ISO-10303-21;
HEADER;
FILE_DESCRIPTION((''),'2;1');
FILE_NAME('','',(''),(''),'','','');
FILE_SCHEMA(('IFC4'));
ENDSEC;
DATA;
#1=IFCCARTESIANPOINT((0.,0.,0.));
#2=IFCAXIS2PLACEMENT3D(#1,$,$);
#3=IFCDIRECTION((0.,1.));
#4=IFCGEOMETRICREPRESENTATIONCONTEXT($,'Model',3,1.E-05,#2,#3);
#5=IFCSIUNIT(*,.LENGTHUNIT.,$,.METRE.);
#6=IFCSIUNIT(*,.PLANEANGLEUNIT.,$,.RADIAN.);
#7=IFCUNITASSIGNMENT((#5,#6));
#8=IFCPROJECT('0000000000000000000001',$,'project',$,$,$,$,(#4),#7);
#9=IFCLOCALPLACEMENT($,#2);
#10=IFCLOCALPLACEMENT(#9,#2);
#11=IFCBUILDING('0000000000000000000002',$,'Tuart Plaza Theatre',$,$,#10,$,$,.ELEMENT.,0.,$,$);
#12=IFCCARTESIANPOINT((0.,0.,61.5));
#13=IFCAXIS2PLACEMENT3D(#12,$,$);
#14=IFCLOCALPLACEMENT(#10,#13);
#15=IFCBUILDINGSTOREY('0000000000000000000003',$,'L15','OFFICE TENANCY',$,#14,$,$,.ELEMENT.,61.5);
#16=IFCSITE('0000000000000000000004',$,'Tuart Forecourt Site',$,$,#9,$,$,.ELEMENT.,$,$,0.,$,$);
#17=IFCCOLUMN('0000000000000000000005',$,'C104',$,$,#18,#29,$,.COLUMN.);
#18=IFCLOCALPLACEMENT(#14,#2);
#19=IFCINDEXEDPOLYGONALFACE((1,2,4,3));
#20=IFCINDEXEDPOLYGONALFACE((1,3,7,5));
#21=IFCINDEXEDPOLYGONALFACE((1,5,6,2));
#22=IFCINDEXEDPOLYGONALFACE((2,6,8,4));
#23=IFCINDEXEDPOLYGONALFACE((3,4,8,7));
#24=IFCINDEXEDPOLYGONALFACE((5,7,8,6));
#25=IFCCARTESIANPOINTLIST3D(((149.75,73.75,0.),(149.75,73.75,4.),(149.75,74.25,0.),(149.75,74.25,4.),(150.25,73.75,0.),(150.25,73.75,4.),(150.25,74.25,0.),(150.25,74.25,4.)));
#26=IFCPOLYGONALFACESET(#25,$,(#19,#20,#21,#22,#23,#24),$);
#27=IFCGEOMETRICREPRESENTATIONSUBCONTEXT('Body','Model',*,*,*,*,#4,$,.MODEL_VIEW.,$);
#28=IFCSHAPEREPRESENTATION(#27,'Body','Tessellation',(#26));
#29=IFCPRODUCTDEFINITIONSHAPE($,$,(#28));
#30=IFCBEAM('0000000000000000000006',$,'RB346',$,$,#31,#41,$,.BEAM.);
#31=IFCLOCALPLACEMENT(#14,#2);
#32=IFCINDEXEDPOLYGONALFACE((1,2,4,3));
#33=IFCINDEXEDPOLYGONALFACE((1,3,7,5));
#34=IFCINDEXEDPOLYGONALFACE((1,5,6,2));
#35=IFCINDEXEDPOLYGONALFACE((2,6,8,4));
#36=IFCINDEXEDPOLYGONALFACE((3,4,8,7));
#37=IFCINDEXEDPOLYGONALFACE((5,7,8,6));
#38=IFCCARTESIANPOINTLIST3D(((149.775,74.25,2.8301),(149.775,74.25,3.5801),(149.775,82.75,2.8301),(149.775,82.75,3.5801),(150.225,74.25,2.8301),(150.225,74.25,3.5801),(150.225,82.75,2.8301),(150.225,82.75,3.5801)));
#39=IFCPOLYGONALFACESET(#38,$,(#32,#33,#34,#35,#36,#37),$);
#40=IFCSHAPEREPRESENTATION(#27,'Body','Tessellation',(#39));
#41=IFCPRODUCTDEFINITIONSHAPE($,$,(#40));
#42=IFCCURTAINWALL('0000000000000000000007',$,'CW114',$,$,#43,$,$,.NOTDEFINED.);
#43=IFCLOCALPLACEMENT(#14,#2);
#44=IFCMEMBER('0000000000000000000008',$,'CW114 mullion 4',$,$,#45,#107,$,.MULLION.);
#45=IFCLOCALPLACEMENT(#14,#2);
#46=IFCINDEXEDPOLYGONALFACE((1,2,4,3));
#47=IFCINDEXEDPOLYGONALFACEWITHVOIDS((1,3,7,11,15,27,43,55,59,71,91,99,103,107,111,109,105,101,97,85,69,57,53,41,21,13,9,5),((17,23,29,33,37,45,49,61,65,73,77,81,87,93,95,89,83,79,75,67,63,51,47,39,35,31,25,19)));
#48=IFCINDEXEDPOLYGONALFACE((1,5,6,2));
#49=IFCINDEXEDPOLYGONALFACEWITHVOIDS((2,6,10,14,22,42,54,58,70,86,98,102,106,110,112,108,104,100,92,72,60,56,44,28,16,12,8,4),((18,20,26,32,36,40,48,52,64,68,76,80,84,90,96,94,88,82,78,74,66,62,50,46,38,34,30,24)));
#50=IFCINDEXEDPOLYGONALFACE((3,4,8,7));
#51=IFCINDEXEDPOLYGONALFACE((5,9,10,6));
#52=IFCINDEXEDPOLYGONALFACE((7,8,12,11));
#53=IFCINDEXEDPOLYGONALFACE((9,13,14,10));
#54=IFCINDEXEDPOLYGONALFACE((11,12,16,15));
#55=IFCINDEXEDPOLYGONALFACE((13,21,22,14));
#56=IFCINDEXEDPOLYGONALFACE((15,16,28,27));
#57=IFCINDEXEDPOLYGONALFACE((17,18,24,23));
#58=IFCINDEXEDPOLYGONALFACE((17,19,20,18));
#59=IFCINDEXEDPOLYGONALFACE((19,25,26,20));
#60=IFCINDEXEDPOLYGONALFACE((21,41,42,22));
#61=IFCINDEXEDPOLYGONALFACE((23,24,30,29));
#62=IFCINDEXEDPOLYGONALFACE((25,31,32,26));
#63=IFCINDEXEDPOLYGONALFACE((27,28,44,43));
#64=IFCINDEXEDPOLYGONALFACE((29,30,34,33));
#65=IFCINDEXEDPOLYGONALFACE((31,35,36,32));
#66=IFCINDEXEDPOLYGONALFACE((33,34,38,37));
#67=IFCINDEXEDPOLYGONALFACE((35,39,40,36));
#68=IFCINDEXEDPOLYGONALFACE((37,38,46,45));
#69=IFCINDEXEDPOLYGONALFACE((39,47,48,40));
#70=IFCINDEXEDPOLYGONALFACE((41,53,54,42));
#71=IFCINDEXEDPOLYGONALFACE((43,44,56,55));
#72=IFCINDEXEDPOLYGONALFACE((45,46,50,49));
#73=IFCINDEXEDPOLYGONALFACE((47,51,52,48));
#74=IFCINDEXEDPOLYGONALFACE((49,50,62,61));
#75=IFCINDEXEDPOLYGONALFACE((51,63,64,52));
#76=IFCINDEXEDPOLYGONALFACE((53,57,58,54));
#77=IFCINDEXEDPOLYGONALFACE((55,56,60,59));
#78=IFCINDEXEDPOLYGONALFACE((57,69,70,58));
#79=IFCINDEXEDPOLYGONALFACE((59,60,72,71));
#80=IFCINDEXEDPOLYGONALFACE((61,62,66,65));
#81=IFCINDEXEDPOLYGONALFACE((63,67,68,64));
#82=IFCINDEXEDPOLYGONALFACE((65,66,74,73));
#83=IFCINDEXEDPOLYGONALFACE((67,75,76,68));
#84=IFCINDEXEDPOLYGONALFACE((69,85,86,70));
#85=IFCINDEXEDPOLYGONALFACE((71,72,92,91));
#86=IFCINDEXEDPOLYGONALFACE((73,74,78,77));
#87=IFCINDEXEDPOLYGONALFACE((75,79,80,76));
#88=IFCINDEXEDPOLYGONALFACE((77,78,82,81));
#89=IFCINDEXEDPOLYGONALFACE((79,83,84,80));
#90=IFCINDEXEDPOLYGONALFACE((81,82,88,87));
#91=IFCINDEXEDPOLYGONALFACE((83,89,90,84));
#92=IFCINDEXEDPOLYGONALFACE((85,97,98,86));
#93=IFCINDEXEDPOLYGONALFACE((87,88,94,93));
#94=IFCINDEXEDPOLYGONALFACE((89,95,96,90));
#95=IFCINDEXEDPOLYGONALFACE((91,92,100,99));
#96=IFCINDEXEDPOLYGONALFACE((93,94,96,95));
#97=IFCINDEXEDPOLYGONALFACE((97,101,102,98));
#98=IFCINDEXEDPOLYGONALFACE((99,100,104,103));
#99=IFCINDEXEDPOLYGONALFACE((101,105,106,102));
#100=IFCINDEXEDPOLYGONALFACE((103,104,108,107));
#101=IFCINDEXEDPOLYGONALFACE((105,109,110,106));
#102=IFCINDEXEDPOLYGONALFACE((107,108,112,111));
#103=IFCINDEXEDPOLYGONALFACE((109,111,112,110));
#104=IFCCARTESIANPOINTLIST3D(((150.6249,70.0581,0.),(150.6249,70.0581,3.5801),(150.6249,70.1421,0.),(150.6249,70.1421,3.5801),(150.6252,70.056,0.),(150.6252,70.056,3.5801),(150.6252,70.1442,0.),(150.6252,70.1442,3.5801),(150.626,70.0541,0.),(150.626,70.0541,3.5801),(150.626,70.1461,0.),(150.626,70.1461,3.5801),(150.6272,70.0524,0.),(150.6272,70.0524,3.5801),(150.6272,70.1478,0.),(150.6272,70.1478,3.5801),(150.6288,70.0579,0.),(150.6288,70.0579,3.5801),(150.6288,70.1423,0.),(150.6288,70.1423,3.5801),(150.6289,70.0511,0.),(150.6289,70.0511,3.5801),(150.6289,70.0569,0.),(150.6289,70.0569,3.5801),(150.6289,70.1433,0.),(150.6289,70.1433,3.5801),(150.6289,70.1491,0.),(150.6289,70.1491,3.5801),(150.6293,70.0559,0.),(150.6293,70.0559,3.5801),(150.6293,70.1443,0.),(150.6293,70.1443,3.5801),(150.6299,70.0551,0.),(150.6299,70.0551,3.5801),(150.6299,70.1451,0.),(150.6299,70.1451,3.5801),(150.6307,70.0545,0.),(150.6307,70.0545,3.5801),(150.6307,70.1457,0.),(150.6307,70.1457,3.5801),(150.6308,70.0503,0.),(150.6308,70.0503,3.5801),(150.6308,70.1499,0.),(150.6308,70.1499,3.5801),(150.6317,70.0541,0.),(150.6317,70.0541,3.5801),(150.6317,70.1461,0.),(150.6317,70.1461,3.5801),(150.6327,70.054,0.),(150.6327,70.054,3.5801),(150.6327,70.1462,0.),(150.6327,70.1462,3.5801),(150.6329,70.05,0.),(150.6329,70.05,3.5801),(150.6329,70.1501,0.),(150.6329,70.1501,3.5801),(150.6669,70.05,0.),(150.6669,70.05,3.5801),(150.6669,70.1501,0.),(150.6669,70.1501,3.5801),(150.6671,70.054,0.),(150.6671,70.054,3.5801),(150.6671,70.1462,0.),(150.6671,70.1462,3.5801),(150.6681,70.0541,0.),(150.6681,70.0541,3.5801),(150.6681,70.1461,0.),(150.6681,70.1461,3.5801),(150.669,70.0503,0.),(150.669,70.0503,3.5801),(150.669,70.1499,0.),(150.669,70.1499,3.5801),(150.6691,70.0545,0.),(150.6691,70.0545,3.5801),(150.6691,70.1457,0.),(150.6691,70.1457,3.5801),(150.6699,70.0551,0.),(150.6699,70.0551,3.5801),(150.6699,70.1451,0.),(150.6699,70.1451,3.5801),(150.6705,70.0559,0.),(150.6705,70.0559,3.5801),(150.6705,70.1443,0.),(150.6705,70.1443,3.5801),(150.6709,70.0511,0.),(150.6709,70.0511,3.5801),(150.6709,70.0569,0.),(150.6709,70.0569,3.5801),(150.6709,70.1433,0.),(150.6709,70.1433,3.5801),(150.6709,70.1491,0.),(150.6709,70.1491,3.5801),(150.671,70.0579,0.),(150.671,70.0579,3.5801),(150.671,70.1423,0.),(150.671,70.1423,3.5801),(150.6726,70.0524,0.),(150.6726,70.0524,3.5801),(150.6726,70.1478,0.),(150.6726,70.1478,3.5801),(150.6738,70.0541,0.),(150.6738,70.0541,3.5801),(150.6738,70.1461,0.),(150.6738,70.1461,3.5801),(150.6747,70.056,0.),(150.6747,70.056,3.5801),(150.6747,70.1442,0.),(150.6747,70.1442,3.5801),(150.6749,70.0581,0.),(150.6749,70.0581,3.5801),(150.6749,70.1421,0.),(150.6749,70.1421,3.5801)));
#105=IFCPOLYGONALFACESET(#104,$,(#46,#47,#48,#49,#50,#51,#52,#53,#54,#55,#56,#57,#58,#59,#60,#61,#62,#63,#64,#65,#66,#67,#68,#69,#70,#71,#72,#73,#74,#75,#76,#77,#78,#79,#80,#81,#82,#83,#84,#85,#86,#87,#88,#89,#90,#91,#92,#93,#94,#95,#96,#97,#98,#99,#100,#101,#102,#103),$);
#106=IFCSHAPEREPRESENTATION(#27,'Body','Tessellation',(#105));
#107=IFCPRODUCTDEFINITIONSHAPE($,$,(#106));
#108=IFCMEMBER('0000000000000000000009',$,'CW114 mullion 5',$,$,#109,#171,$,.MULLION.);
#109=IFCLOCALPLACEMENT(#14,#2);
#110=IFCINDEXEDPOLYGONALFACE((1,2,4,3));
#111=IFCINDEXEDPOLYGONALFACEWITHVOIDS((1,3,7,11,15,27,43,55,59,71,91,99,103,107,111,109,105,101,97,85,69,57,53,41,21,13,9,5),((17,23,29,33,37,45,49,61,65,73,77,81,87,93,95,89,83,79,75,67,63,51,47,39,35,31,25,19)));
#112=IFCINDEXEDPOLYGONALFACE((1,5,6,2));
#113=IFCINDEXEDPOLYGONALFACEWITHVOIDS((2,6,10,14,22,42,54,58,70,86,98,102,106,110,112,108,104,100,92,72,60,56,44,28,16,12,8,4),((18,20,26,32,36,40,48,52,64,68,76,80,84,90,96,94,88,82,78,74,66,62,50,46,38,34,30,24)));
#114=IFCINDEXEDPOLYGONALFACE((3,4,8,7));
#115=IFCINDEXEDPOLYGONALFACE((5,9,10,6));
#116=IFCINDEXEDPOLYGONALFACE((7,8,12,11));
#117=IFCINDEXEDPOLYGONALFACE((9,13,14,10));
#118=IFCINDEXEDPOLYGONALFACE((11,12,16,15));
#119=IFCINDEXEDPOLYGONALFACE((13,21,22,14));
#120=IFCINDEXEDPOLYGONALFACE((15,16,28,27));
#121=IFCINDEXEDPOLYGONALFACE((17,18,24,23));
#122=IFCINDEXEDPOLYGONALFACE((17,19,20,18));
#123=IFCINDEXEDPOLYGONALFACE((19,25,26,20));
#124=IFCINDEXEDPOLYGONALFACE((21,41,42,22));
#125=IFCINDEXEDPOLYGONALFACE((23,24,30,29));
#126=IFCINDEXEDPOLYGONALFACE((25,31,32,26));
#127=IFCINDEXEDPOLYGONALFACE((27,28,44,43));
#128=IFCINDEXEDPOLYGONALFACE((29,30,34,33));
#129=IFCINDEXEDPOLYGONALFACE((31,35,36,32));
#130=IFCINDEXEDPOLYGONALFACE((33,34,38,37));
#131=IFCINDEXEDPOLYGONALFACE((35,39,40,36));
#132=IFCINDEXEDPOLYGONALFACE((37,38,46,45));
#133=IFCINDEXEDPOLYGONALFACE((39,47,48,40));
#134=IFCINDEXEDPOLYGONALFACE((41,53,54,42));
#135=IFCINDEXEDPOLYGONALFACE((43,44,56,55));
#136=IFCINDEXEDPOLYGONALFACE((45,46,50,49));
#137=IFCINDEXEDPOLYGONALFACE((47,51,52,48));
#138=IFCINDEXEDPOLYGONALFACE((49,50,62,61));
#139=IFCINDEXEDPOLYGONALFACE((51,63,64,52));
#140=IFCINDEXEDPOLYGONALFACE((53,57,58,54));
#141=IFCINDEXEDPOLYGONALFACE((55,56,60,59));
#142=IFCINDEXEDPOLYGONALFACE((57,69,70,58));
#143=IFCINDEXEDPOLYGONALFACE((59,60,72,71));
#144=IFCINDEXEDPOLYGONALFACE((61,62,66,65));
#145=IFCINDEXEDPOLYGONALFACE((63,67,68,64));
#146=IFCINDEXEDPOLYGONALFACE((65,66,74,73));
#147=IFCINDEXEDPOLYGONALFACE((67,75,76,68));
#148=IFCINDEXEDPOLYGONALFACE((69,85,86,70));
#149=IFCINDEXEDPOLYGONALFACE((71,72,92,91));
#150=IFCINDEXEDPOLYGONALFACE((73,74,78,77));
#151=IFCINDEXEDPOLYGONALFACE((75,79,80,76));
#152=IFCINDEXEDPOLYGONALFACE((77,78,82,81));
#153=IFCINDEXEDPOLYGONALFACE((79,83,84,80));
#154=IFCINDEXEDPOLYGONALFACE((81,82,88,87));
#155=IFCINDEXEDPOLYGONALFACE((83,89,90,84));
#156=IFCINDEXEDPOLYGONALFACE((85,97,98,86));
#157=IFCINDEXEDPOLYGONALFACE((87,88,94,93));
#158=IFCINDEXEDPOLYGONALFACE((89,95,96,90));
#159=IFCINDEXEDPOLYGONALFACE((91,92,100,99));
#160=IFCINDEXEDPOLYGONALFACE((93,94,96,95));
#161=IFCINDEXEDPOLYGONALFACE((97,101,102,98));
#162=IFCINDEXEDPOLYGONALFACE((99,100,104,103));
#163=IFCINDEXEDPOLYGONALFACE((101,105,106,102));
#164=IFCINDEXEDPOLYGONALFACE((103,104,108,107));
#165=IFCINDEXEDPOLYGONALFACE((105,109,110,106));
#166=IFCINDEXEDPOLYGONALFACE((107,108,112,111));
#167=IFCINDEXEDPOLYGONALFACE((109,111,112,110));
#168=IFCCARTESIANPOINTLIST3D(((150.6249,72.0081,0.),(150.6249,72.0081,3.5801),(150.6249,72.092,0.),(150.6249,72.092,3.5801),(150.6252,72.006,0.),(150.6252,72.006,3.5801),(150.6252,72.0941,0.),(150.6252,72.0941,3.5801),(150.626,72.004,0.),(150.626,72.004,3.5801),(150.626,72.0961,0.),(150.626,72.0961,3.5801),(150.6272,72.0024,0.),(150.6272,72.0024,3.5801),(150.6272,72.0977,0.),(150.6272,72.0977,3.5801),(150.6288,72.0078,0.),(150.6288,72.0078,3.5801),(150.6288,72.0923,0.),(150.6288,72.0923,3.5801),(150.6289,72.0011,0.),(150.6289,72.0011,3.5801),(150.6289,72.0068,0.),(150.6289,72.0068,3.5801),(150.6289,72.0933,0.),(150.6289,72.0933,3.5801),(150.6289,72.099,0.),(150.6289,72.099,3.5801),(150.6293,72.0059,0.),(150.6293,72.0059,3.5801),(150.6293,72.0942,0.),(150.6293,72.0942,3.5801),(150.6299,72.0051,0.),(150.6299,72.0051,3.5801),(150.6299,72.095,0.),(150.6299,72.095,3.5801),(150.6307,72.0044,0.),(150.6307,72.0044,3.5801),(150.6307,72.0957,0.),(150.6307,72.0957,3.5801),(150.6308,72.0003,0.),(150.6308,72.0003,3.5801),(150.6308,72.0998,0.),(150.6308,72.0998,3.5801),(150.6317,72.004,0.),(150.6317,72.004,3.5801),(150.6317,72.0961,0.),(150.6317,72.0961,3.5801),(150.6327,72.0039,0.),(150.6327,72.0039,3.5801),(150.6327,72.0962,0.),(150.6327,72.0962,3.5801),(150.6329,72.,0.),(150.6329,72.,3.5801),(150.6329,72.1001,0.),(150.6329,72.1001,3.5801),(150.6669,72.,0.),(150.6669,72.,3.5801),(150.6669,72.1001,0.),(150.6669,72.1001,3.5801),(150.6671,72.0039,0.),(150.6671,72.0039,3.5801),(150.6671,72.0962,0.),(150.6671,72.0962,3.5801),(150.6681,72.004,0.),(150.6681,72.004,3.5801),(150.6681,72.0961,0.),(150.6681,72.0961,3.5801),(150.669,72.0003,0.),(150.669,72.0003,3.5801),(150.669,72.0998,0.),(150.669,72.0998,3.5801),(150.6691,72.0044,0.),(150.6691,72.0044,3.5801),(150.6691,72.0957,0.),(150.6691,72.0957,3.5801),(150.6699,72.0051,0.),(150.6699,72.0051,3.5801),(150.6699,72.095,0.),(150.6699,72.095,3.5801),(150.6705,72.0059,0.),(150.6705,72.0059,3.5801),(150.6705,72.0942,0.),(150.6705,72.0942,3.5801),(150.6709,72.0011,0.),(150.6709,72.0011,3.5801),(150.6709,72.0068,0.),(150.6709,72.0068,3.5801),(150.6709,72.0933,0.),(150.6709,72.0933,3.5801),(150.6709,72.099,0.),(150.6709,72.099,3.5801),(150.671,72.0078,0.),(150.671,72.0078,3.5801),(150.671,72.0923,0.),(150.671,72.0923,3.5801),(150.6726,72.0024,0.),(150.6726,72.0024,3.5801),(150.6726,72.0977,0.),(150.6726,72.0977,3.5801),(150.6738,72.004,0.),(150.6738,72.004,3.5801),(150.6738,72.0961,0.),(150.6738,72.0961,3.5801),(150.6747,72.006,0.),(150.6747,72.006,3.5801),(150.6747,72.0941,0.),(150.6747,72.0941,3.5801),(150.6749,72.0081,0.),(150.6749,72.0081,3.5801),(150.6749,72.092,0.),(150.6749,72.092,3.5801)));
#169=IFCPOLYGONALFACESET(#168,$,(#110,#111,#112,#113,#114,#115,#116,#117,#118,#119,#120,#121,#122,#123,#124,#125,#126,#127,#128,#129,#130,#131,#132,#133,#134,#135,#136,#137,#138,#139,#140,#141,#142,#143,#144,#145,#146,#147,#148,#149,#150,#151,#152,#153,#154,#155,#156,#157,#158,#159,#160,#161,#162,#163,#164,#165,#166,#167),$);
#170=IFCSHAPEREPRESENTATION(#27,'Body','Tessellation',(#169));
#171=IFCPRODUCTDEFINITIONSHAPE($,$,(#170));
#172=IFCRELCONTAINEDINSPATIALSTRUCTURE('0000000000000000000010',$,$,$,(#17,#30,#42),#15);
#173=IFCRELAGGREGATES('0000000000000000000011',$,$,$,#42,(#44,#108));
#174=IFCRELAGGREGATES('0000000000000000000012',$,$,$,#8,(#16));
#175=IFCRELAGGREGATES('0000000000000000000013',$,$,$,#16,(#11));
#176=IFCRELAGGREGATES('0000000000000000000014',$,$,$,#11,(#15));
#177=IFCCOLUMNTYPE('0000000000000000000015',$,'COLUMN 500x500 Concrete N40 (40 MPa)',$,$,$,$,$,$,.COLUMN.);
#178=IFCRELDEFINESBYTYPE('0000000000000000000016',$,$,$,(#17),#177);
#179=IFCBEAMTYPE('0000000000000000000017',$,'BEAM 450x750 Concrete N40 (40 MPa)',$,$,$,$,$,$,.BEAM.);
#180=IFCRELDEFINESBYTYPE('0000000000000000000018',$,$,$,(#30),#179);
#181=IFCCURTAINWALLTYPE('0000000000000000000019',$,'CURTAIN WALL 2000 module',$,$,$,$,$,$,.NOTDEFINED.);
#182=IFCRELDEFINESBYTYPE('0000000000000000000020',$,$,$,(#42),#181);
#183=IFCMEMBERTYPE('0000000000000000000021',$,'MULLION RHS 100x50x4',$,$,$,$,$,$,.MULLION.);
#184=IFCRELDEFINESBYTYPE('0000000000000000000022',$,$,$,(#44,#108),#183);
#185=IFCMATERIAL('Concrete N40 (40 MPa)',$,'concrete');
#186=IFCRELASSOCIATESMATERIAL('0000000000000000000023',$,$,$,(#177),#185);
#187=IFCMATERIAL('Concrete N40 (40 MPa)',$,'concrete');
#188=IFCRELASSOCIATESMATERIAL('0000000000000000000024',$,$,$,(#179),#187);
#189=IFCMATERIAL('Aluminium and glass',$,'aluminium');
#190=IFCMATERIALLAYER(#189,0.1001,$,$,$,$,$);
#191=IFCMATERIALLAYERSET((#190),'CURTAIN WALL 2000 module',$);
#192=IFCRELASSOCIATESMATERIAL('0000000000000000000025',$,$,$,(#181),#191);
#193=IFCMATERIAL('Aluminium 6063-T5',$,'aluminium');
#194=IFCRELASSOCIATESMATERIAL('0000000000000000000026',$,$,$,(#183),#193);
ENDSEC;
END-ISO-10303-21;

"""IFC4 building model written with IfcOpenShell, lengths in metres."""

from ifc_helpers import new_model, si_unit, direction, frame, origin, origin_2d, place, context, subcontext, project, spatial, rectangle, hollow_rectangle, extrude, material, layer, layer_set, material_profile, profile_set, type_object, element, aggregate, save


model = new_model("IFC4")

# Units and contexts
model_context = context("Model", 3, precision=1e-05, world=origin(), true_north=direction((0.0, 1.0)))
body_context = subcontext(model_context, "Body", "Model", "MODEL_VIEW")
ifc_project = project(units=[si_unit("LENGTHUNIT", "METRE"), si_unit("PLANEANGLEUNIT", "RADIAN")], contexts=[model_context])

# Site, building, storey
site_placement = place(None, origin())
site = spatial("IfcSite", under=ifc_project, at=site_placement, Name="Tuart Forecourt Site", CompositionType="ELEMENT", RefElevation=0.0)
building_placement = place(site_placement, origin())
building = spatial("IfcBuilding", under=site, at=building_placement, Name="Tuart Plaza Theatre", CompositionType="ELEMENT", ElevationOfRefHeight=0.0)
storey_placement = place(building_placement, frame((0.0, 0.0, 61.5)))
storey = spatial("IfcBuildingStorey", under=building, at=storey_placement, Name="L15", Description="OFFICE TENANCY", CompositionType="ELEMENT", Elevation=61.5)

# Column
ifc_material_1 = material(Name="Concrete N40 (40 MPa)", Category="concrete")
ifc_material_profile_1 = material_profile(ifc_material_1, rectangle(XDim=0.5, YDim=0.5, at=origin_2d()), Name="COLUMN 500x500 Concrete N40 (40 MPa)")
ifc_profile_set_1 = profile_set([ifc_material_profile_1], Name="Concrete N40 (40 MPa)")
column_type = type_object("IfcColumnType", Name="COLUMN 500x500 Concrete N40 (40 MPa)", PredefinedType="COLUMN", material=ifc_profile_set_1)
column_placement = place(storey_placement, frame((150.0, 74.0, 0.0), z_axis=(0.0, 0.0, 1.0), x_axis=(1.0, 0.0, 0.0)))
element("IfcColumn", 1, at=column_placement, inside=storey, type_object=column_type, Name="C104", PredefinedType="COLUMN", context=body_context, shape_type="SweptSolid", body=[
    extrude(rectangle(XDim=0.5, YDim=0.5, at=origin_2d()), origin(), (0.0, 0.0, 1.0), 4.0),
])

# Beam
ifc_material_2 = material(Name="Concrete N40 (40 MPa)", Category="concrete")
ifc_material_profile_2 = material_profile(ifc_material_2, rectangle(XDim=0.45, YDim=0.75, at=origin_2d()), Name="BEAM 450x750 Concrete N40 (40 MPa)")
ifc_profile_set_2 = profile_set([ifc_material_profile_2], Name="Concrete N40 (40 MPa)")
beam_type = type_object("IfcBeamType", Name="BEAM 450x750 Concrete N40 (40 MPa)", PredefinedType="BEAM", material=ifc_profile_set_2)
beam_placement = place(storey_placement, frame((150.0, 74.25, 3.2051), z_axis=(0.0, 1.0, 0.0), x_axis=(-1.0, 0.0, 0.0)))
element("IfcBeam", 2, at=beam_placement, inside=storey, type_object=beam_type, Name="RB346", PredefinedType="BEAM", context=body_context, shape_type="SweptSolid", body=[
    extrude(rectangle(XDim=0.45, YDim=0.75, at=origin_2d()), origin(), (0.0, 0.0, 1.0), 8.5),
])

# Curtain wall, members
ifc_material_3 = material(Name="Aluminium and glass", Category="aluminium")
ifc_layer_1 = layer(ifc_material_3, 0.1001)
ifc_layer_set_1 = layer_set([ifc_layer_1], Name="CURTAIN WALL 2000 module")
curtain_wall_type = type_object("IfcCurtainWallType", Name="CURTAIN WALL 2000 module", PredefinedType="NOTDEFINED", material=ifc_layer_set_1)
curtain_wall_placement = place(storey_placement, origin())
curtain_wall = element("IfcCurtainWall", 3, at=curtain_wall_placement, inside=storey, type_object=curtain_wall_type, Name="CW114", PredefinedType="NOTDEFINED")
ifc_material_4 = material(Name="Aluminium 6063-T5", Category="aluminium")
ifc_material_profile_3 = material_profile(ifc_material_4, hollow_rectangle(XDim=0.05, YDim=0.1001, WallThickness=0.0039, InnerFilletRadius=0.0039, OuterFilletRadius=0.0081, at=origin_2d()), Name="RHS 100x50x4")
ifc_profile_set_3 = profile_set([ifc_material_profile_3], Name="Aluminium 6063-T5")
member_type_1 = type_object("IfcMemberType", Name="MULLION RHS 100x50x4", PredefinedType="MULLION", material=ifc_profile_set_3)
member_1_placement = place(storey_placement, frame((150.6499, 70.1001, 0.0), z_axis=(0.0, 0.0, 1.0), x_axis=(-1.0, 0.0, 0.0)))
member_1 = element("IfcMember", 4, at=member_1_placement, type_object=member_type_1, Name="CW114 mullion 4", PredefinedType="MULLION", context=body_context, shape_type="SweptSolid", body=[
    extrude(hollow_rectangle(XDim=0.05, YDim=0.1001, WallThickness=0.0039, InnerFilletRadius=0.0039, OuterFilletRadius=0.0081, at=origin_2d()), origin(), (0.0, 0.0, 1.0), 3.5801),
])
member_2_placement = place(storey_placement, frame((150.6499, 72.05, 0.0), z_axis=(0.0, 0.0, 1.0), x_axis=(-1.0, 0.0, 0.0)))
member_2 = element("IfcMember", 5, at=member_2_placement, type_object=member_type_1, Name="CW114 mullion 5", PredefinedType="MULLION", context=body_context, shape_type="SweptSolid", body=[
    extrude(hollow_rectangle(XDim=0.05, YDim=0.1001, WallThickness=0.0039, InnerFilletRadius=0.0039, OuterFilletRadius=0.0081, at=origin_2d()), origin(), (0.0, 0.0, 1.0), 3.5801),
])
aggregate(curtain_wall, [member_1, member_2])

save(model, "model.ifc")
